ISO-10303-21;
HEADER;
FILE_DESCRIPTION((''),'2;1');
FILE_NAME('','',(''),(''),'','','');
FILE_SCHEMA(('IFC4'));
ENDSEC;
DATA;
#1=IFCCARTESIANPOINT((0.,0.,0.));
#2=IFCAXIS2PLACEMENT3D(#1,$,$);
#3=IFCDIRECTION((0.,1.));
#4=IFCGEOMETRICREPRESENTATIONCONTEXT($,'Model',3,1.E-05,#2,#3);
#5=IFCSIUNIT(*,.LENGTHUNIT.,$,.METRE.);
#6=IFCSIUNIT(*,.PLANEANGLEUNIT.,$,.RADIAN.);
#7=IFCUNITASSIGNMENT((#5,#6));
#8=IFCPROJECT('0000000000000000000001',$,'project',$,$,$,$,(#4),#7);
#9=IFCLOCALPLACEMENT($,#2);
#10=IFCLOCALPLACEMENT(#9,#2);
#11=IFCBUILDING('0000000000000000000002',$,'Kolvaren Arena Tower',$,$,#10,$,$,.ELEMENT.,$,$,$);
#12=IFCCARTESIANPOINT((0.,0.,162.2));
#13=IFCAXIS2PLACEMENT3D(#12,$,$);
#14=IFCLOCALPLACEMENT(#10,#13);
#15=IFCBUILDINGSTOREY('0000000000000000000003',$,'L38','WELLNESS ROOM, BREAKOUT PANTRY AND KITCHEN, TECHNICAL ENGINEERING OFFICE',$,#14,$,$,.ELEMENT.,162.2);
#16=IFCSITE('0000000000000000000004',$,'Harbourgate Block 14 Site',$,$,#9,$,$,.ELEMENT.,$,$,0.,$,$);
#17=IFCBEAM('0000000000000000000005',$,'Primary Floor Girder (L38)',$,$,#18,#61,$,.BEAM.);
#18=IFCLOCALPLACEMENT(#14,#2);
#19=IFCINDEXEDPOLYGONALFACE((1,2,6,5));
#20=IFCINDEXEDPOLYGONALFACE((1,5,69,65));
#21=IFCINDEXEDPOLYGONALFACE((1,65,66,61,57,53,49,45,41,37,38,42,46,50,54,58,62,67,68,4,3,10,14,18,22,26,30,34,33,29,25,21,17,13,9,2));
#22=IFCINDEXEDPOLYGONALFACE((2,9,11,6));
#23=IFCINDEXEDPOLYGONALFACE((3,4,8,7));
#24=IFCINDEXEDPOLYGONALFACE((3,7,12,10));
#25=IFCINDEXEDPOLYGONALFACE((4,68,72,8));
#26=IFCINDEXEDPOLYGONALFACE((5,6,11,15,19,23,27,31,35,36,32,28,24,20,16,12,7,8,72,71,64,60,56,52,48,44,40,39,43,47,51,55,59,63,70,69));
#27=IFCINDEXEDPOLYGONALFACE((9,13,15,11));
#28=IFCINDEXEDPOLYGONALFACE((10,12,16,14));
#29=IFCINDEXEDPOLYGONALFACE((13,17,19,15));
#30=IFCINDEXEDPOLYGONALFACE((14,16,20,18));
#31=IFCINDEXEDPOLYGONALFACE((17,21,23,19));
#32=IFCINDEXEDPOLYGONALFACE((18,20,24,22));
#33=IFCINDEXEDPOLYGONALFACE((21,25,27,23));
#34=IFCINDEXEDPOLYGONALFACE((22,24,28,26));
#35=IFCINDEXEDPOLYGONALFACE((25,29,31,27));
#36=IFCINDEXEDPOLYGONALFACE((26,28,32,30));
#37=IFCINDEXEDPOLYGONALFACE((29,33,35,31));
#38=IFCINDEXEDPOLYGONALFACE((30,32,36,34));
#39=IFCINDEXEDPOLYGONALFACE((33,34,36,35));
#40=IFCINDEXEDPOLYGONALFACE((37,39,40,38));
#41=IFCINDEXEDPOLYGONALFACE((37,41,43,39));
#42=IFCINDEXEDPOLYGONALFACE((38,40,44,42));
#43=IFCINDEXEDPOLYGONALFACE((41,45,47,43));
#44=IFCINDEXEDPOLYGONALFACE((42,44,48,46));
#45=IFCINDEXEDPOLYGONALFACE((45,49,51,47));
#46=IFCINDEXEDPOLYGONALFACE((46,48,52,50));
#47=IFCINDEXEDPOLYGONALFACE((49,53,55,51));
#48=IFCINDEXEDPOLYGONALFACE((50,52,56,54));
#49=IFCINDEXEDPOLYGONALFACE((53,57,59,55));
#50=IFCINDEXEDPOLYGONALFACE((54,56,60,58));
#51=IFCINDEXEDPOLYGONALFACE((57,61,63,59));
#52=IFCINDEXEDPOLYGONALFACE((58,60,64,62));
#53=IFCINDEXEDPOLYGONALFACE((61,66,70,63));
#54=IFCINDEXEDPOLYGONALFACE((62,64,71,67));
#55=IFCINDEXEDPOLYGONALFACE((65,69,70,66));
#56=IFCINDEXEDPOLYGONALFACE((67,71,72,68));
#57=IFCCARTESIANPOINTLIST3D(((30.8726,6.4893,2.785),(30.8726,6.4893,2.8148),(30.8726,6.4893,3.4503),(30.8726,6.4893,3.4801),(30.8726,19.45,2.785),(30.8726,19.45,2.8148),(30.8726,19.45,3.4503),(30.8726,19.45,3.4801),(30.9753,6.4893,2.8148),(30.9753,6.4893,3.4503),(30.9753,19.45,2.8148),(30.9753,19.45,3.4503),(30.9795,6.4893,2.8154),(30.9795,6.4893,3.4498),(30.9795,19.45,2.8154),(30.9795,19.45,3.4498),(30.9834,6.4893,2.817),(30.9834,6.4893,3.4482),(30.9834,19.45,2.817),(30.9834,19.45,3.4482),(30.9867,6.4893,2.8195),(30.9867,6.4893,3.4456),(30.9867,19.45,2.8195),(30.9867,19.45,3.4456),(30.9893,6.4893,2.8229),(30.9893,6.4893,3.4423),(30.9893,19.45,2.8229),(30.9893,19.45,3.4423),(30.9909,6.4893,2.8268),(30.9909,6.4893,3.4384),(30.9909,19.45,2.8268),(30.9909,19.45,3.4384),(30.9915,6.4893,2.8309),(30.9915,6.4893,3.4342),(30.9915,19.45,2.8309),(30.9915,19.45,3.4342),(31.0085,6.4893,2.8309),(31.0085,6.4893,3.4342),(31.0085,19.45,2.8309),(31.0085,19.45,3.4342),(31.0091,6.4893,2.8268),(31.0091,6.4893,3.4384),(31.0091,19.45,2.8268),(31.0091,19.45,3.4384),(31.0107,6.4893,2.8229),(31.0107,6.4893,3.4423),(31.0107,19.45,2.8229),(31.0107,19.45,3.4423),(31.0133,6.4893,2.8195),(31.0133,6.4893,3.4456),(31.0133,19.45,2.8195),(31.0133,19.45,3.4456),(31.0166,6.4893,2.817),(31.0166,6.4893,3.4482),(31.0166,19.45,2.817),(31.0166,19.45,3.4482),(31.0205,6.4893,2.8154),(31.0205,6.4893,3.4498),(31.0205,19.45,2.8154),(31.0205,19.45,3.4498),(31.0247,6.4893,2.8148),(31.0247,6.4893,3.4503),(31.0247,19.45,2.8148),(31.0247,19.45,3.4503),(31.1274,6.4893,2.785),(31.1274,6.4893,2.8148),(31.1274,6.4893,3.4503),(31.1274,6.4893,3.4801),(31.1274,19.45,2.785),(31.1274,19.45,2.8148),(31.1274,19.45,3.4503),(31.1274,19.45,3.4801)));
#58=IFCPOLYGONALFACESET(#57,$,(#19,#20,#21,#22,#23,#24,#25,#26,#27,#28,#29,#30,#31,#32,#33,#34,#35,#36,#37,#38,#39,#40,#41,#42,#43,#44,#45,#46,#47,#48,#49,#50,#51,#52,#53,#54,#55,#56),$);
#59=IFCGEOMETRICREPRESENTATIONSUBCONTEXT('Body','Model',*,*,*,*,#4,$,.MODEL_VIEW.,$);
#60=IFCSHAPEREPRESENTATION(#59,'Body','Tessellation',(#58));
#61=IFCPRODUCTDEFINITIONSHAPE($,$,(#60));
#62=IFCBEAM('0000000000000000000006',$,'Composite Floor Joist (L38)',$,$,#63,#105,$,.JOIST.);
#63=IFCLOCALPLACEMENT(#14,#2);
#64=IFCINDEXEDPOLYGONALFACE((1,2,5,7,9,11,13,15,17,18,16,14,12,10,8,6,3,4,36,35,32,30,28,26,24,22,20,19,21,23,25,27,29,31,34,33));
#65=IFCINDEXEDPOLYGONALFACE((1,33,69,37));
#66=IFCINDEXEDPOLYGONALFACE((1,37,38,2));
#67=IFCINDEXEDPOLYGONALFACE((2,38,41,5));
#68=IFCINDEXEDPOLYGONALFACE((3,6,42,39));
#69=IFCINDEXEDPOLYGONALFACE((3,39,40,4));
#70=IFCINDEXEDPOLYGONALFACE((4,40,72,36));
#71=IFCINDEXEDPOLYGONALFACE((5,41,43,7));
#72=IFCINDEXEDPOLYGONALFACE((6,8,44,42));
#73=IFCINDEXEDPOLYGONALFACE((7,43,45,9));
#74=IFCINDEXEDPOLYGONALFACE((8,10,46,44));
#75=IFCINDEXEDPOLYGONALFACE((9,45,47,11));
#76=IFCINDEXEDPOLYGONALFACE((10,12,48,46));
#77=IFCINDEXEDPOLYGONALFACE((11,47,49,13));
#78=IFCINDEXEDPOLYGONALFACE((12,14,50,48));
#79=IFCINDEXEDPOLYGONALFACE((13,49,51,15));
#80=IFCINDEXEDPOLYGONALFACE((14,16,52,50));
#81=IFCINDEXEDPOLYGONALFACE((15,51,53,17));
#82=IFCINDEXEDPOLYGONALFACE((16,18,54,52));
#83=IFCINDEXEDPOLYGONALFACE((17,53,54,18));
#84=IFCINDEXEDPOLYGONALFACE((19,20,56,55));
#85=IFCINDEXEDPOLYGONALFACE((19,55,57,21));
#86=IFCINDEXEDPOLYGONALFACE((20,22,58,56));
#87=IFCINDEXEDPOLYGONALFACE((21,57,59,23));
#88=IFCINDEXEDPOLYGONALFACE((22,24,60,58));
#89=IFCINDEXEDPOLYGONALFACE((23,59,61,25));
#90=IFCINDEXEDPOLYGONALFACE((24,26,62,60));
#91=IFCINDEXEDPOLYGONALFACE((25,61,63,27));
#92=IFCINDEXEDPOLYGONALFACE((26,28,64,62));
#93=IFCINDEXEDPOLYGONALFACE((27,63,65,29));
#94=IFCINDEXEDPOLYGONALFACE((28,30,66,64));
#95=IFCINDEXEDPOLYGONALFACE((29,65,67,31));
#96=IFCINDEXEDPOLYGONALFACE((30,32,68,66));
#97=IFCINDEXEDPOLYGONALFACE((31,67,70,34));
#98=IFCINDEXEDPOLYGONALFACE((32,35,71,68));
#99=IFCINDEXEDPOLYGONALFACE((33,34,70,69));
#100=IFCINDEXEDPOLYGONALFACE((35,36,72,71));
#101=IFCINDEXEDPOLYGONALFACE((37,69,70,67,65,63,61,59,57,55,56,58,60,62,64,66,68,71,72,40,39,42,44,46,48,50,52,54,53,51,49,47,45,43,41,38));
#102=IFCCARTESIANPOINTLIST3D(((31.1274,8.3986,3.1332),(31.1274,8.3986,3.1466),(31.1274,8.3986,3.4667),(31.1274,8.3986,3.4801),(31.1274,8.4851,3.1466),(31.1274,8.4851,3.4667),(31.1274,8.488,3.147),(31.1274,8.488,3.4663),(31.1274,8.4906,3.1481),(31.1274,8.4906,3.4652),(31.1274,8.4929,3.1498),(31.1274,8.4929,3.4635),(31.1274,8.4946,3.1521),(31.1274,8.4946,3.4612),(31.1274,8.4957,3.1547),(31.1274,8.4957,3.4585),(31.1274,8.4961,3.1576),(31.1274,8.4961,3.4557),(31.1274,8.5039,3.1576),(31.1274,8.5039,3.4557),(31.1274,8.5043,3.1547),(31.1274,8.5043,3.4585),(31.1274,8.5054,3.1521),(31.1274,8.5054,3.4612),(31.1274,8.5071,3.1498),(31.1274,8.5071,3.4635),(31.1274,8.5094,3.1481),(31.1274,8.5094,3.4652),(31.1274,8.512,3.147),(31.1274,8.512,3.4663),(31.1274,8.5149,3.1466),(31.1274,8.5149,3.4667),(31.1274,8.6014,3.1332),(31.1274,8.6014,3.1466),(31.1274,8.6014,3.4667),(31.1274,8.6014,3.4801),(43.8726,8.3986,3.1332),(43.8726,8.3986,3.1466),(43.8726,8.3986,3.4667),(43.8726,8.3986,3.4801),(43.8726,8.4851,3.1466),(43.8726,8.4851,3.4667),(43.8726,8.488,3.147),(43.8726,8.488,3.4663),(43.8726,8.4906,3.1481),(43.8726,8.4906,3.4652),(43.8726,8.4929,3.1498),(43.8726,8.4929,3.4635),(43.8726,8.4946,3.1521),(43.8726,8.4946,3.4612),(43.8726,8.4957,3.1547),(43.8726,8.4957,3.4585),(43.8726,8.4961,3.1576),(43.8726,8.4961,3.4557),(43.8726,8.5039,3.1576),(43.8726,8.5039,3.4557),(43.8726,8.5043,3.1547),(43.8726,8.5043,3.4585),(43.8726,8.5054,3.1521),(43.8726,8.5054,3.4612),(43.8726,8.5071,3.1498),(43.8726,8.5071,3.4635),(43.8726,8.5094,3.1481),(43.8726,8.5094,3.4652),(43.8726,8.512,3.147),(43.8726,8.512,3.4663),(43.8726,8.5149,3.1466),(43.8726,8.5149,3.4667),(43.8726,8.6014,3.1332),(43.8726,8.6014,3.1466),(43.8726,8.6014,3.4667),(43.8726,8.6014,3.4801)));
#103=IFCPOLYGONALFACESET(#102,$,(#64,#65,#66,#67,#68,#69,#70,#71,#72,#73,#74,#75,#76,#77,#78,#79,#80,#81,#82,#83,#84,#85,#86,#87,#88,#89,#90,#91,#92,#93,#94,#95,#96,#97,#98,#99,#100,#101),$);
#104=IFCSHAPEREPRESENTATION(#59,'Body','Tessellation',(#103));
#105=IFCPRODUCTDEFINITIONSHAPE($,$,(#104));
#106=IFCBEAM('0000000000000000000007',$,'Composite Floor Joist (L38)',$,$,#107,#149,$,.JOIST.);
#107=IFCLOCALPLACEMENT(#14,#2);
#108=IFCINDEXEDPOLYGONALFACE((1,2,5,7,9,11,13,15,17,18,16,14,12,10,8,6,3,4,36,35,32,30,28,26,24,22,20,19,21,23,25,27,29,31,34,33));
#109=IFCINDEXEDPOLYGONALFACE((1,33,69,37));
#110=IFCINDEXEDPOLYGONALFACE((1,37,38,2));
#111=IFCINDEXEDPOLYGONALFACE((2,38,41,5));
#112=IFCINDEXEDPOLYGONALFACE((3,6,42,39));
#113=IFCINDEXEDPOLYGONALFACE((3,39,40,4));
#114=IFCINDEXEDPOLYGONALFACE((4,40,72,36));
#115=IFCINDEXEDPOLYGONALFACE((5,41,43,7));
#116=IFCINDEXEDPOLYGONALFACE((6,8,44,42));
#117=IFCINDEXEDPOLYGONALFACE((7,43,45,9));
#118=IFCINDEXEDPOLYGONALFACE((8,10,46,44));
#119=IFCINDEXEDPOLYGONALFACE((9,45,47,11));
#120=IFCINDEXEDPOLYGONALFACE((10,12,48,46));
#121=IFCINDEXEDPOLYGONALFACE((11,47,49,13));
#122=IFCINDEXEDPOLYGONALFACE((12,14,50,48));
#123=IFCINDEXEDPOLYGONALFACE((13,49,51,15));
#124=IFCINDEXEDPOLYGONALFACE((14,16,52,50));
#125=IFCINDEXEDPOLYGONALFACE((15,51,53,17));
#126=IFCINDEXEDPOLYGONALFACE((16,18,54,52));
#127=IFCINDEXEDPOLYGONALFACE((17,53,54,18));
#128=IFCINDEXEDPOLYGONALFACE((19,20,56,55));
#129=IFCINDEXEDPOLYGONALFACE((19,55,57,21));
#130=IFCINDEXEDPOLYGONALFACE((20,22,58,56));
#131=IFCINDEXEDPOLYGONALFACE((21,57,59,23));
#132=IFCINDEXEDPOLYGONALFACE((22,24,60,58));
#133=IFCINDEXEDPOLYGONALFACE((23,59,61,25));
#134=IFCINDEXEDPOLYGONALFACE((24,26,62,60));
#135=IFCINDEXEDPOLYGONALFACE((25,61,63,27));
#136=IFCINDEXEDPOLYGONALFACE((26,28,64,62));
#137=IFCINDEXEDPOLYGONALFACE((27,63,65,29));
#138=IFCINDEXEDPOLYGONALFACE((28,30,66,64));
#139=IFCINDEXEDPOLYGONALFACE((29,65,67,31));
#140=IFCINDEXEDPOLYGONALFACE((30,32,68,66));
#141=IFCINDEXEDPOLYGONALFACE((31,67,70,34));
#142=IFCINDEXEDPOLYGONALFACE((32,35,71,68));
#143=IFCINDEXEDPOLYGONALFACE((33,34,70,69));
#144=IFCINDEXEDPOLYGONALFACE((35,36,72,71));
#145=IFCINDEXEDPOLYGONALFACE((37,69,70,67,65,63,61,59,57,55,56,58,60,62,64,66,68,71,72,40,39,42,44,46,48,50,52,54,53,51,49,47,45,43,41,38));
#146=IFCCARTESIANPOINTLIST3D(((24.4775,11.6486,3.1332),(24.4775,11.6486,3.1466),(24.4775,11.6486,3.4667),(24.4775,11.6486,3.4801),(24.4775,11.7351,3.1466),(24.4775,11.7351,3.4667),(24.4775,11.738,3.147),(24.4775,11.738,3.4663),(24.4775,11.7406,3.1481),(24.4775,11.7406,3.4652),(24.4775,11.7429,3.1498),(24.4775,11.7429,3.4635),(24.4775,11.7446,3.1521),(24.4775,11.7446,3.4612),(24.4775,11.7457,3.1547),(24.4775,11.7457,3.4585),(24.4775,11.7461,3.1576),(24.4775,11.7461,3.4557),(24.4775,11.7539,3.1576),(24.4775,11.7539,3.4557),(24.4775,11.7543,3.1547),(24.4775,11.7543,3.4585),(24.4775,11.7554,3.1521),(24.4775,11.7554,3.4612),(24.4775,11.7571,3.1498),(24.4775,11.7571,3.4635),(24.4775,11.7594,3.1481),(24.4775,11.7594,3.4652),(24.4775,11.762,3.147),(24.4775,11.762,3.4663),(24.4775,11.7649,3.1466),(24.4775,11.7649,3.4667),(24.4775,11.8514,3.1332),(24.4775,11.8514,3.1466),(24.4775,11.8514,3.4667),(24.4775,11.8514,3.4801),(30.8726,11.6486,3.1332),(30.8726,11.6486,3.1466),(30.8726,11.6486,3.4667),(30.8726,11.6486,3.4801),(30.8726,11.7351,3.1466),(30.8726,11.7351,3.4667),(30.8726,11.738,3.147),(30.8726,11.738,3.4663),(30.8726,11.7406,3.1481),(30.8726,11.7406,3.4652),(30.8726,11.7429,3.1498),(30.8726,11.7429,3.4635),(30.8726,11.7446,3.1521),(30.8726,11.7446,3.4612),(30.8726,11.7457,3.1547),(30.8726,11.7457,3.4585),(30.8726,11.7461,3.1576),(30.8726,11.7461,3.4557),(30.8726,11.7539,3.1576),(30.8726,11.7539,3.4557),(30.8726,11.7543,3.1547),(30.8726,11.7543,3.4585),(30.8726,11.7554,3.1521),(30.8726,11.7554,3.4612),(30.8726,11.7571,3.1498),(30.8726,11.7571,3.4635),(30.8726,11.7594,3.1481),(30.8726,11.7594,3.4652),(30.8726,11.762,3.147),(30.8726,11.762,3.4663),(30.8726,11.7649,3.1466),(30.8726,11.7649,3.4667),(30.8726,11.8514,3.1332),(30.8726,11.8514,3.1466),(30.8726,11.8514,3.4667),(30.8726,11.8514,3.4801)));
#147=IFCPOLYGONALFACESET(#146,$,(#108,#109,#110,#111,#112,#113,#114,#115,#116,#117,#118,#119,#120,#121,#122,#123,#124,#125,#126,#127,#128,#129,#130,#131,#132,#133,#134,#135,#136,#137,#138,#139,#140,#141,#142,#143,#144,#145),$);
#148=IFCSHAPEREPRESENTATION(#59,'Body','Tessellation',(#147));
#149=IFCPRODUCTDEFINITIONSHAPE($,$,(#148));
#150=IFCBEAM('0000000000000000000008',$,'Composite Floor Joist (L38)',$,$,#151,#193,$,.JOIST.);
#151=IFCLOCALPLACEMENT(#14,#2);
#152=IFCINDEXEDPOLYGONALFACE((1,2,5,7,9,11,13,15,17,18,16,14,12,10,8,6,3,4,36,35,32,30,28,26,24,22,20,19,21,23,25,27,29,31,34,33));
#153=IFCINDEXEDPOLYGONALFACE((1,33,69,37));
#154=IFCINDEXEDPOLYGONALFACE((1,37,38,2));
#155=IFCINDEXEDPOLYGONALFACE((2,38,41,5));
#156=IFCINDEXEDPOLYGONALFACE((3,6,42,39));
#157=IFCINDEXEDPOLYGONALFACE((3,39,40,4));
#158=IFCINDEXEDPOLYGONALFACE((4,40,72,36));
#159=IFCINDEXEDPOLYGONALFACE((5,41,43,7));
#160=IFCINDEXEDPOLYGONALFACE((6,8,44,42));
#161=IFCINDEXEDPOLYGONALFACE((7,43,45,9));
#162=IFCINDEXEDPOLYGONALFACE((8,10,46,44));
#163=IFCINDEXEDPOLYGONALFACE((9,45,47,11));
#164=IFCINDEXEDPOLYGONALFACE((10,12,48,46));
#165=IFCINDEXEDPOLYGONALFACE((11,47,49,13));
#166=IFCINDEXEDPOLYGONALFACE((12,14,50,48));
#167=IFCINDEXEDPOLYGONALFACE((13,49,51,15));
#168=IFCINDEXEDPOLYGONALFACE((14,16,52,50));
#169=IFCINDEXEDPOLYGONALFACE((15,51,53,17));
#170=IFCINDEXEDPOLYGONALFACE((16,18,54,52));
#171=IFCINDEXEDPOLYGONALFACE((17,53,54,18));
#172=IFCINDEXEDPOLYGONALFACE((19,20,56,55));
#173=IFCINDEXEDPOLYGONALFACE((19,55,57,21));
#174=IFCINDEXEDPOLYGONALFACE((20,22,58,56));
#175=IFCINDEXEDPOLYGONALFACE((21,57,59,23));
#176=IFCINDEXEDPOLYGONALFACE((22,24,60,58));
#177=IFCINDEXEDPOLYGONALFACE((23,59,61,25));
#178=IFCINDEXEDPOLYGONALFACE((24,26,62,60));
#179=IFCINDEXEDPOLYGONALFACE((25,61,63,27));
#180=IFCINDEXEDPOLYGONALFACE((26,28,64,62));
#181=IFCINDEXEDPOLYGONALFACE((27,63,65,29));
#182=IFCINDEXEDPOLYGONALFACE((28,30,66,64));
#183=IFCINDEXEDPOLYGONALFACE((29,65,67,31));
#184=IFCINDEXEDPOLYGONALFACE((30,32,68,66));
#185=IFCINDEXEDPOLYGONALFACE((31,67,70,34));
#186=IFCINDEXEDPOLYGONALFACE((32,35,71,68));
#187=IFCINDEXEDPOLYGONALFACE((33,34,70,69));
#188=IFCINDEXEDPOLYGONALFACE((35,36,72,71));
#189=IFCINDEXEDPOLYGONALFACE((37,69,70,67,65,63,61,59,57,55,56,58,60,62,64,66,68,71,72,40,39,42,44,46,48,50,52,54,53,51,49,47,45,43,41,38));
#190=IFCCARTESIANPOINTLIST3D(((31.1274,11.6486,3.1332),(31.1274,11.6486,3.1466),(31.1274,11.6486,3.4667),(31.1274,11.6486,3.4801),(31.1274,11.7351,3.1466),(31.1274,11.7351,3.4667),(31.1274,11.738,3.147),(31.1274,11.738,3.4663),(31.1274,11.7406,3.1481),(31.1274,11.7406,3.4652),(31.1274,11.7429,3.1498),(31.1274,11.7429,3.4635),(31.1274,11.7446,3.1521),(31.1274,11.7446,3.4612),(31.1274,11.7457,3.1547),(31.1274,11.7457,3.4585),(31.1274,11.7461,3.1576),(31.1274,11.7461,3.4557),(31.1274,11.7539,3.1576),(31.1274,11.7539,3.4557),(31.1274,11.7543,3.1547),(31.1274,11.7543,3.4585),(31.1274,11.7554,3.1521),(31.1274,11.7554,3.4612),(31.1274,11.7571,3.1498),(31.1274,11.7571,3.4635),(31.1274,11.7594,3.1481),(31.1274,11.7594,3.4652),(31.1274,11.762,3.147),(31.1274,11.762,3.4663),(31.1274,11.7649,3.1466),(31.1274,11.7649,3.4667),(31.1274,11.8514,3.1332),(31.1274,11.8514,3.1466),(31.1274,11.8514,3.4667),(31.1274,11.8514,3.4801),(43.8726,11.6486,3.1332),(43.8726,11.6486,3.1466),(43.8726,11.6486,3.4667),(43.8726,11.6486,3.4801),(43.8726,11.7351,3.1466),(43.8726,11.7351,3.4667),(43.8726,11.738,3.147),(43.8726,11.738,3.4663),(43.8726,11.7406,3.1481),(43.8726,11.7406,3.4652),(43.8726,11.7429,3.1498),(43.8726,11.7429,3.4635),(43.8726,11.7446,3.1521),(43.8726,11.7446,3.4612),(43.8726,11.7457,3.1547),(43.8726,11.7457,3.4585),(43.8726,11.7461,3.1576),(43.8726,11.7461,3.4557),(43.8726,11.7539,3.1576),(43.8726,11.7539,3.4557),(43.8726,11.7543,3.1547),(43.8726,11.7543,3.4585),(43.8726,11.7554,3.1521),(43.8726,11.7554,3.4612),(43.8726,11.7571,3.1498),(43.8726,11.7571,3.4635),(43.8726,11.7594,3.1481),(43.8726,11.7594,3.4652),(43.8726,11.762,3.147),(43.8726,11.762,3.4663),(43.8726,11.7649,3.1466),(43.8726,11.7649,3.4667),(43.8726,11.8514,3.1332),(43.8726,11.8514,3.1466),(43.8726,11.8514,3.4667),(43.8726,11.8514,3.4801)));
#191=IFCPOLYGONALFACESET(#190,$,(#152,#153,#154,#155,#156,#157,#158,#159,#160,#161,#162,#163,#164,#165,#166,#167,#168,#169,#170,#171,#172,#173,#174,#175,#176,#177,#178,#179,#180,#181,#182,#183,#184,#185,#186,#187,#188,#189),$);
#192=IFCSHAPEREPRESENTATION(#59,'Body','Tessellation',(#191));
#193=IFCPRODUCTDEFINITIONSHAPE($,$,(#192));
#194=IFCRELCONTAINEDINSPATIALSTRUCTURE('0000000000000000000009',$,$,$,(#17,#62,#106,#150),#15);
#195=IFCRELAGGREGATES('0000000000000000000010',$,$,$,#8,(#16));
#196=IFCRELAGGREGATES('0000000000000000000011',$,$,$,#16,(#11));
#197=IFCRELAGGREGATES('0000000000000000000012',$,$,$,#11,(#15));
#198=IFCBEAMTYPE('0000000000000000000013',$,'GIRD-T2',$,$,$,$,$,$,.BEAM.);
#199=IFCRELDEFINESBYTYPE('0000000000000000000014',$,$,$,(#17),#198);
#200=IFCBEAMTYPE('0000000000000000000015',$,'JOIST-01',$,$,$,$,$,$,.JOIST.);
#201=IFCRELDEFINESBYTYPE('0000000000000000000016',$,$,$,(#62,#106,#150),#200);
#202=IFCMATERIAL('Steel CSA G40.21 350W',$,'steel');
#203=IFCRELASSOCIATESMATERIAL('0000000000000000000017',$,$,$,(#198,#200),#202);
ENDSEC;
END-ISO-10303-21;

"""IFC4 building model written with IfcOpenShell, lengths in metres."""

from ifc_helpers import new_model, si_unit, direction, frame, origin, origin_2d, place, context, subcontext, project, spatial, i_section, extrude, material, material_profile, profile_set, type_object, element, save


model = new_model("IFC4")

# Units and contexts
model_context = context("Model", 3, precision=1e-05, world=origin(), true_north=direction((0.0, 1.0)))
body_context = subcontext(model_context, "Body", "Model", "MODEL_VIEW")
ifc_project = project(units=[si_unit("LENGTHUNIT", "METRE"), si_unit("PLANEANGLEUNIT", "RADIAN")], contexts=[model_context])

# Site, building, storey
site_placement = place(None, origin())
site = spatial("IfcSite", under=ifc_project, at=site_placement, Name="Harbourgate Block 14 Site", CompositionType="ELEMENT", RefElevation=0.0)
building_placement = place(site_placement, origin())
building = spatial("IfcBuilding", under=site, at=building_placement, Name="Kolvaren Arena Tower", CompositionType="ELEMENT")
storey_placement = place(building_placement, frame((0.0, 0.0, 162.2)))
storey = spatial("IfcBuildingStorey", under=building, at=storey_placement, Name="L38", Description="WELLNESS ROOM, BREAKOUT PANTRY AND KITCHEN, TECHNICAL ENGINEERING OFFICE", CompositionType="ELEMENT", Elevation=162.2)

# Beams
ifc_material_1 = material(Name="Steel CSA G40.21 350W", Category="steel")
ifc_material_profile_1 = material_profile(ifc_material_1, i_section(OverallWidth=0.2549, OverallDepth=0.6951, WebThickness=0.0171, FlangeThickness=0.0298, FilletRadius=0.0161, at=origin_2d()), Name="W690x217")
ifc_profile_set_1 = profile_set([ifc_material_profile_1], Name="Steel CSA G40.21 350W")
beam_type_1 = type_object("IfcBeamType", Name="GIRD-T2", PredefinedType="BEAM", material=ifc_profile_set_1)
beam_1_placement = place(storey_placement, frame((31.0, 6.4893, 3.1326), z_axis=(0.0, 1.0, 0.0), x_axis=(-1.0, 0.0, 0.0)))
element("IfcBeam", 1, at=beam_1_placement, inside=storey, type_object=beam_type_1, Name="Primary Floor Girder (L38)", PredefinedType="BEAM", context=body_context, shape_type="SweptSolid", body=[
    extrude(i_section(OverallWidth=0.2549, OverallDepth=0.6951, WebThickness=0.0171, FlangeThickness=0.0298, FilletRadius=0.0161, at=origin_2d()), origin(), (0.0, 0.0, 1.0), 12.9607),
])
ifc_material_profile_2 = material_profile(ifc_material_1, i_section(OverallWidth=0.2029, OverallDepth=0.3469, WebThickness=0.0078, FlangeThickness=0.0134, FilletRadius=0.011, at=origin_2d()), Name="W360x64")
ifc_profile_set_2 = profile_set([ifc_material_profile_2], Name="Steel CSA G40.21 350W")
beam_type_2 = type_object("IfcBeamType", Name="JOIST-01", PredefinedType="JOIST", material=ifc_profile_set_2)
beam_2_placement = place(storey_placement, frame((31.1274, 8.5, 3.3066), z_axis=(1.0, 0.0, 0.0), x_axis=(0.0, 1.0, 0.0)))
element("IfcBeam", 2, at=beam_2_placement, inside=storey, type_object=beam_type_2, Name="Composite Floor Joist (L38)", PredefinedType="JOIST", context=body_context, shape_type="SweptSolid", body=[
    extrude(i_section(OverallWidth=0.2029, OverallDepth=0.3469, WebThickness=0.0078, FlangeThickness=0.0134, FilletRadius=0.011, at=origin_2d()), origin(), (0.0, 0.0, 1.0), 12.7451),
])
beam_3_placement = place(storey_placement, frame((24.4775, 11.75, 3.3066), z_axis=(1.0, 0.0, 0.0), x_axis=(0.0, 1.0, 0.0)))
element("IfcBeam", 3, at=beam_3_placement, inside=storey, type_object=beam_type_2, Name="Composite Floor Joist (L38)", PredefinedType="JOIST", context=body_context, shape_type="SweptSolid", body=[
    extrude(i_section(OverallWidth=0.2029, OverallDepth=0.3469, WebThickness=0.0078, FlangeThickness=0.0134, FilletRadius=0.011, at=origin_2d()), origin(), (0.0, 0.0, 1.0), 6.395),
])
beam_4_placement = place(storey_placement, frame((31.1274, 11.75, 3.3066), z_axis=(1.0, 0.0, 0.0), x_axis=(0.0, 1.0, 0.0)))
element("IfcBeam", 4, at=beam_4_placement, inside=storey, type_object=beam_type_2, Name="Composite Floor Joist (L38)", PredefinedType="JOIST", context=body_context, shape_type="SweptSolid", body=[
    extrude(i_section(OverallWidth=0.2029, OverallDepth=0.3469, WebThickness=0.0078, FlangeThickness=0.0134, FilletRadius=0.011, at=origin_2d()), origin(), (0.0, 0.0, 1.0), 12.7451),
])

save(model, "model.ifc")
